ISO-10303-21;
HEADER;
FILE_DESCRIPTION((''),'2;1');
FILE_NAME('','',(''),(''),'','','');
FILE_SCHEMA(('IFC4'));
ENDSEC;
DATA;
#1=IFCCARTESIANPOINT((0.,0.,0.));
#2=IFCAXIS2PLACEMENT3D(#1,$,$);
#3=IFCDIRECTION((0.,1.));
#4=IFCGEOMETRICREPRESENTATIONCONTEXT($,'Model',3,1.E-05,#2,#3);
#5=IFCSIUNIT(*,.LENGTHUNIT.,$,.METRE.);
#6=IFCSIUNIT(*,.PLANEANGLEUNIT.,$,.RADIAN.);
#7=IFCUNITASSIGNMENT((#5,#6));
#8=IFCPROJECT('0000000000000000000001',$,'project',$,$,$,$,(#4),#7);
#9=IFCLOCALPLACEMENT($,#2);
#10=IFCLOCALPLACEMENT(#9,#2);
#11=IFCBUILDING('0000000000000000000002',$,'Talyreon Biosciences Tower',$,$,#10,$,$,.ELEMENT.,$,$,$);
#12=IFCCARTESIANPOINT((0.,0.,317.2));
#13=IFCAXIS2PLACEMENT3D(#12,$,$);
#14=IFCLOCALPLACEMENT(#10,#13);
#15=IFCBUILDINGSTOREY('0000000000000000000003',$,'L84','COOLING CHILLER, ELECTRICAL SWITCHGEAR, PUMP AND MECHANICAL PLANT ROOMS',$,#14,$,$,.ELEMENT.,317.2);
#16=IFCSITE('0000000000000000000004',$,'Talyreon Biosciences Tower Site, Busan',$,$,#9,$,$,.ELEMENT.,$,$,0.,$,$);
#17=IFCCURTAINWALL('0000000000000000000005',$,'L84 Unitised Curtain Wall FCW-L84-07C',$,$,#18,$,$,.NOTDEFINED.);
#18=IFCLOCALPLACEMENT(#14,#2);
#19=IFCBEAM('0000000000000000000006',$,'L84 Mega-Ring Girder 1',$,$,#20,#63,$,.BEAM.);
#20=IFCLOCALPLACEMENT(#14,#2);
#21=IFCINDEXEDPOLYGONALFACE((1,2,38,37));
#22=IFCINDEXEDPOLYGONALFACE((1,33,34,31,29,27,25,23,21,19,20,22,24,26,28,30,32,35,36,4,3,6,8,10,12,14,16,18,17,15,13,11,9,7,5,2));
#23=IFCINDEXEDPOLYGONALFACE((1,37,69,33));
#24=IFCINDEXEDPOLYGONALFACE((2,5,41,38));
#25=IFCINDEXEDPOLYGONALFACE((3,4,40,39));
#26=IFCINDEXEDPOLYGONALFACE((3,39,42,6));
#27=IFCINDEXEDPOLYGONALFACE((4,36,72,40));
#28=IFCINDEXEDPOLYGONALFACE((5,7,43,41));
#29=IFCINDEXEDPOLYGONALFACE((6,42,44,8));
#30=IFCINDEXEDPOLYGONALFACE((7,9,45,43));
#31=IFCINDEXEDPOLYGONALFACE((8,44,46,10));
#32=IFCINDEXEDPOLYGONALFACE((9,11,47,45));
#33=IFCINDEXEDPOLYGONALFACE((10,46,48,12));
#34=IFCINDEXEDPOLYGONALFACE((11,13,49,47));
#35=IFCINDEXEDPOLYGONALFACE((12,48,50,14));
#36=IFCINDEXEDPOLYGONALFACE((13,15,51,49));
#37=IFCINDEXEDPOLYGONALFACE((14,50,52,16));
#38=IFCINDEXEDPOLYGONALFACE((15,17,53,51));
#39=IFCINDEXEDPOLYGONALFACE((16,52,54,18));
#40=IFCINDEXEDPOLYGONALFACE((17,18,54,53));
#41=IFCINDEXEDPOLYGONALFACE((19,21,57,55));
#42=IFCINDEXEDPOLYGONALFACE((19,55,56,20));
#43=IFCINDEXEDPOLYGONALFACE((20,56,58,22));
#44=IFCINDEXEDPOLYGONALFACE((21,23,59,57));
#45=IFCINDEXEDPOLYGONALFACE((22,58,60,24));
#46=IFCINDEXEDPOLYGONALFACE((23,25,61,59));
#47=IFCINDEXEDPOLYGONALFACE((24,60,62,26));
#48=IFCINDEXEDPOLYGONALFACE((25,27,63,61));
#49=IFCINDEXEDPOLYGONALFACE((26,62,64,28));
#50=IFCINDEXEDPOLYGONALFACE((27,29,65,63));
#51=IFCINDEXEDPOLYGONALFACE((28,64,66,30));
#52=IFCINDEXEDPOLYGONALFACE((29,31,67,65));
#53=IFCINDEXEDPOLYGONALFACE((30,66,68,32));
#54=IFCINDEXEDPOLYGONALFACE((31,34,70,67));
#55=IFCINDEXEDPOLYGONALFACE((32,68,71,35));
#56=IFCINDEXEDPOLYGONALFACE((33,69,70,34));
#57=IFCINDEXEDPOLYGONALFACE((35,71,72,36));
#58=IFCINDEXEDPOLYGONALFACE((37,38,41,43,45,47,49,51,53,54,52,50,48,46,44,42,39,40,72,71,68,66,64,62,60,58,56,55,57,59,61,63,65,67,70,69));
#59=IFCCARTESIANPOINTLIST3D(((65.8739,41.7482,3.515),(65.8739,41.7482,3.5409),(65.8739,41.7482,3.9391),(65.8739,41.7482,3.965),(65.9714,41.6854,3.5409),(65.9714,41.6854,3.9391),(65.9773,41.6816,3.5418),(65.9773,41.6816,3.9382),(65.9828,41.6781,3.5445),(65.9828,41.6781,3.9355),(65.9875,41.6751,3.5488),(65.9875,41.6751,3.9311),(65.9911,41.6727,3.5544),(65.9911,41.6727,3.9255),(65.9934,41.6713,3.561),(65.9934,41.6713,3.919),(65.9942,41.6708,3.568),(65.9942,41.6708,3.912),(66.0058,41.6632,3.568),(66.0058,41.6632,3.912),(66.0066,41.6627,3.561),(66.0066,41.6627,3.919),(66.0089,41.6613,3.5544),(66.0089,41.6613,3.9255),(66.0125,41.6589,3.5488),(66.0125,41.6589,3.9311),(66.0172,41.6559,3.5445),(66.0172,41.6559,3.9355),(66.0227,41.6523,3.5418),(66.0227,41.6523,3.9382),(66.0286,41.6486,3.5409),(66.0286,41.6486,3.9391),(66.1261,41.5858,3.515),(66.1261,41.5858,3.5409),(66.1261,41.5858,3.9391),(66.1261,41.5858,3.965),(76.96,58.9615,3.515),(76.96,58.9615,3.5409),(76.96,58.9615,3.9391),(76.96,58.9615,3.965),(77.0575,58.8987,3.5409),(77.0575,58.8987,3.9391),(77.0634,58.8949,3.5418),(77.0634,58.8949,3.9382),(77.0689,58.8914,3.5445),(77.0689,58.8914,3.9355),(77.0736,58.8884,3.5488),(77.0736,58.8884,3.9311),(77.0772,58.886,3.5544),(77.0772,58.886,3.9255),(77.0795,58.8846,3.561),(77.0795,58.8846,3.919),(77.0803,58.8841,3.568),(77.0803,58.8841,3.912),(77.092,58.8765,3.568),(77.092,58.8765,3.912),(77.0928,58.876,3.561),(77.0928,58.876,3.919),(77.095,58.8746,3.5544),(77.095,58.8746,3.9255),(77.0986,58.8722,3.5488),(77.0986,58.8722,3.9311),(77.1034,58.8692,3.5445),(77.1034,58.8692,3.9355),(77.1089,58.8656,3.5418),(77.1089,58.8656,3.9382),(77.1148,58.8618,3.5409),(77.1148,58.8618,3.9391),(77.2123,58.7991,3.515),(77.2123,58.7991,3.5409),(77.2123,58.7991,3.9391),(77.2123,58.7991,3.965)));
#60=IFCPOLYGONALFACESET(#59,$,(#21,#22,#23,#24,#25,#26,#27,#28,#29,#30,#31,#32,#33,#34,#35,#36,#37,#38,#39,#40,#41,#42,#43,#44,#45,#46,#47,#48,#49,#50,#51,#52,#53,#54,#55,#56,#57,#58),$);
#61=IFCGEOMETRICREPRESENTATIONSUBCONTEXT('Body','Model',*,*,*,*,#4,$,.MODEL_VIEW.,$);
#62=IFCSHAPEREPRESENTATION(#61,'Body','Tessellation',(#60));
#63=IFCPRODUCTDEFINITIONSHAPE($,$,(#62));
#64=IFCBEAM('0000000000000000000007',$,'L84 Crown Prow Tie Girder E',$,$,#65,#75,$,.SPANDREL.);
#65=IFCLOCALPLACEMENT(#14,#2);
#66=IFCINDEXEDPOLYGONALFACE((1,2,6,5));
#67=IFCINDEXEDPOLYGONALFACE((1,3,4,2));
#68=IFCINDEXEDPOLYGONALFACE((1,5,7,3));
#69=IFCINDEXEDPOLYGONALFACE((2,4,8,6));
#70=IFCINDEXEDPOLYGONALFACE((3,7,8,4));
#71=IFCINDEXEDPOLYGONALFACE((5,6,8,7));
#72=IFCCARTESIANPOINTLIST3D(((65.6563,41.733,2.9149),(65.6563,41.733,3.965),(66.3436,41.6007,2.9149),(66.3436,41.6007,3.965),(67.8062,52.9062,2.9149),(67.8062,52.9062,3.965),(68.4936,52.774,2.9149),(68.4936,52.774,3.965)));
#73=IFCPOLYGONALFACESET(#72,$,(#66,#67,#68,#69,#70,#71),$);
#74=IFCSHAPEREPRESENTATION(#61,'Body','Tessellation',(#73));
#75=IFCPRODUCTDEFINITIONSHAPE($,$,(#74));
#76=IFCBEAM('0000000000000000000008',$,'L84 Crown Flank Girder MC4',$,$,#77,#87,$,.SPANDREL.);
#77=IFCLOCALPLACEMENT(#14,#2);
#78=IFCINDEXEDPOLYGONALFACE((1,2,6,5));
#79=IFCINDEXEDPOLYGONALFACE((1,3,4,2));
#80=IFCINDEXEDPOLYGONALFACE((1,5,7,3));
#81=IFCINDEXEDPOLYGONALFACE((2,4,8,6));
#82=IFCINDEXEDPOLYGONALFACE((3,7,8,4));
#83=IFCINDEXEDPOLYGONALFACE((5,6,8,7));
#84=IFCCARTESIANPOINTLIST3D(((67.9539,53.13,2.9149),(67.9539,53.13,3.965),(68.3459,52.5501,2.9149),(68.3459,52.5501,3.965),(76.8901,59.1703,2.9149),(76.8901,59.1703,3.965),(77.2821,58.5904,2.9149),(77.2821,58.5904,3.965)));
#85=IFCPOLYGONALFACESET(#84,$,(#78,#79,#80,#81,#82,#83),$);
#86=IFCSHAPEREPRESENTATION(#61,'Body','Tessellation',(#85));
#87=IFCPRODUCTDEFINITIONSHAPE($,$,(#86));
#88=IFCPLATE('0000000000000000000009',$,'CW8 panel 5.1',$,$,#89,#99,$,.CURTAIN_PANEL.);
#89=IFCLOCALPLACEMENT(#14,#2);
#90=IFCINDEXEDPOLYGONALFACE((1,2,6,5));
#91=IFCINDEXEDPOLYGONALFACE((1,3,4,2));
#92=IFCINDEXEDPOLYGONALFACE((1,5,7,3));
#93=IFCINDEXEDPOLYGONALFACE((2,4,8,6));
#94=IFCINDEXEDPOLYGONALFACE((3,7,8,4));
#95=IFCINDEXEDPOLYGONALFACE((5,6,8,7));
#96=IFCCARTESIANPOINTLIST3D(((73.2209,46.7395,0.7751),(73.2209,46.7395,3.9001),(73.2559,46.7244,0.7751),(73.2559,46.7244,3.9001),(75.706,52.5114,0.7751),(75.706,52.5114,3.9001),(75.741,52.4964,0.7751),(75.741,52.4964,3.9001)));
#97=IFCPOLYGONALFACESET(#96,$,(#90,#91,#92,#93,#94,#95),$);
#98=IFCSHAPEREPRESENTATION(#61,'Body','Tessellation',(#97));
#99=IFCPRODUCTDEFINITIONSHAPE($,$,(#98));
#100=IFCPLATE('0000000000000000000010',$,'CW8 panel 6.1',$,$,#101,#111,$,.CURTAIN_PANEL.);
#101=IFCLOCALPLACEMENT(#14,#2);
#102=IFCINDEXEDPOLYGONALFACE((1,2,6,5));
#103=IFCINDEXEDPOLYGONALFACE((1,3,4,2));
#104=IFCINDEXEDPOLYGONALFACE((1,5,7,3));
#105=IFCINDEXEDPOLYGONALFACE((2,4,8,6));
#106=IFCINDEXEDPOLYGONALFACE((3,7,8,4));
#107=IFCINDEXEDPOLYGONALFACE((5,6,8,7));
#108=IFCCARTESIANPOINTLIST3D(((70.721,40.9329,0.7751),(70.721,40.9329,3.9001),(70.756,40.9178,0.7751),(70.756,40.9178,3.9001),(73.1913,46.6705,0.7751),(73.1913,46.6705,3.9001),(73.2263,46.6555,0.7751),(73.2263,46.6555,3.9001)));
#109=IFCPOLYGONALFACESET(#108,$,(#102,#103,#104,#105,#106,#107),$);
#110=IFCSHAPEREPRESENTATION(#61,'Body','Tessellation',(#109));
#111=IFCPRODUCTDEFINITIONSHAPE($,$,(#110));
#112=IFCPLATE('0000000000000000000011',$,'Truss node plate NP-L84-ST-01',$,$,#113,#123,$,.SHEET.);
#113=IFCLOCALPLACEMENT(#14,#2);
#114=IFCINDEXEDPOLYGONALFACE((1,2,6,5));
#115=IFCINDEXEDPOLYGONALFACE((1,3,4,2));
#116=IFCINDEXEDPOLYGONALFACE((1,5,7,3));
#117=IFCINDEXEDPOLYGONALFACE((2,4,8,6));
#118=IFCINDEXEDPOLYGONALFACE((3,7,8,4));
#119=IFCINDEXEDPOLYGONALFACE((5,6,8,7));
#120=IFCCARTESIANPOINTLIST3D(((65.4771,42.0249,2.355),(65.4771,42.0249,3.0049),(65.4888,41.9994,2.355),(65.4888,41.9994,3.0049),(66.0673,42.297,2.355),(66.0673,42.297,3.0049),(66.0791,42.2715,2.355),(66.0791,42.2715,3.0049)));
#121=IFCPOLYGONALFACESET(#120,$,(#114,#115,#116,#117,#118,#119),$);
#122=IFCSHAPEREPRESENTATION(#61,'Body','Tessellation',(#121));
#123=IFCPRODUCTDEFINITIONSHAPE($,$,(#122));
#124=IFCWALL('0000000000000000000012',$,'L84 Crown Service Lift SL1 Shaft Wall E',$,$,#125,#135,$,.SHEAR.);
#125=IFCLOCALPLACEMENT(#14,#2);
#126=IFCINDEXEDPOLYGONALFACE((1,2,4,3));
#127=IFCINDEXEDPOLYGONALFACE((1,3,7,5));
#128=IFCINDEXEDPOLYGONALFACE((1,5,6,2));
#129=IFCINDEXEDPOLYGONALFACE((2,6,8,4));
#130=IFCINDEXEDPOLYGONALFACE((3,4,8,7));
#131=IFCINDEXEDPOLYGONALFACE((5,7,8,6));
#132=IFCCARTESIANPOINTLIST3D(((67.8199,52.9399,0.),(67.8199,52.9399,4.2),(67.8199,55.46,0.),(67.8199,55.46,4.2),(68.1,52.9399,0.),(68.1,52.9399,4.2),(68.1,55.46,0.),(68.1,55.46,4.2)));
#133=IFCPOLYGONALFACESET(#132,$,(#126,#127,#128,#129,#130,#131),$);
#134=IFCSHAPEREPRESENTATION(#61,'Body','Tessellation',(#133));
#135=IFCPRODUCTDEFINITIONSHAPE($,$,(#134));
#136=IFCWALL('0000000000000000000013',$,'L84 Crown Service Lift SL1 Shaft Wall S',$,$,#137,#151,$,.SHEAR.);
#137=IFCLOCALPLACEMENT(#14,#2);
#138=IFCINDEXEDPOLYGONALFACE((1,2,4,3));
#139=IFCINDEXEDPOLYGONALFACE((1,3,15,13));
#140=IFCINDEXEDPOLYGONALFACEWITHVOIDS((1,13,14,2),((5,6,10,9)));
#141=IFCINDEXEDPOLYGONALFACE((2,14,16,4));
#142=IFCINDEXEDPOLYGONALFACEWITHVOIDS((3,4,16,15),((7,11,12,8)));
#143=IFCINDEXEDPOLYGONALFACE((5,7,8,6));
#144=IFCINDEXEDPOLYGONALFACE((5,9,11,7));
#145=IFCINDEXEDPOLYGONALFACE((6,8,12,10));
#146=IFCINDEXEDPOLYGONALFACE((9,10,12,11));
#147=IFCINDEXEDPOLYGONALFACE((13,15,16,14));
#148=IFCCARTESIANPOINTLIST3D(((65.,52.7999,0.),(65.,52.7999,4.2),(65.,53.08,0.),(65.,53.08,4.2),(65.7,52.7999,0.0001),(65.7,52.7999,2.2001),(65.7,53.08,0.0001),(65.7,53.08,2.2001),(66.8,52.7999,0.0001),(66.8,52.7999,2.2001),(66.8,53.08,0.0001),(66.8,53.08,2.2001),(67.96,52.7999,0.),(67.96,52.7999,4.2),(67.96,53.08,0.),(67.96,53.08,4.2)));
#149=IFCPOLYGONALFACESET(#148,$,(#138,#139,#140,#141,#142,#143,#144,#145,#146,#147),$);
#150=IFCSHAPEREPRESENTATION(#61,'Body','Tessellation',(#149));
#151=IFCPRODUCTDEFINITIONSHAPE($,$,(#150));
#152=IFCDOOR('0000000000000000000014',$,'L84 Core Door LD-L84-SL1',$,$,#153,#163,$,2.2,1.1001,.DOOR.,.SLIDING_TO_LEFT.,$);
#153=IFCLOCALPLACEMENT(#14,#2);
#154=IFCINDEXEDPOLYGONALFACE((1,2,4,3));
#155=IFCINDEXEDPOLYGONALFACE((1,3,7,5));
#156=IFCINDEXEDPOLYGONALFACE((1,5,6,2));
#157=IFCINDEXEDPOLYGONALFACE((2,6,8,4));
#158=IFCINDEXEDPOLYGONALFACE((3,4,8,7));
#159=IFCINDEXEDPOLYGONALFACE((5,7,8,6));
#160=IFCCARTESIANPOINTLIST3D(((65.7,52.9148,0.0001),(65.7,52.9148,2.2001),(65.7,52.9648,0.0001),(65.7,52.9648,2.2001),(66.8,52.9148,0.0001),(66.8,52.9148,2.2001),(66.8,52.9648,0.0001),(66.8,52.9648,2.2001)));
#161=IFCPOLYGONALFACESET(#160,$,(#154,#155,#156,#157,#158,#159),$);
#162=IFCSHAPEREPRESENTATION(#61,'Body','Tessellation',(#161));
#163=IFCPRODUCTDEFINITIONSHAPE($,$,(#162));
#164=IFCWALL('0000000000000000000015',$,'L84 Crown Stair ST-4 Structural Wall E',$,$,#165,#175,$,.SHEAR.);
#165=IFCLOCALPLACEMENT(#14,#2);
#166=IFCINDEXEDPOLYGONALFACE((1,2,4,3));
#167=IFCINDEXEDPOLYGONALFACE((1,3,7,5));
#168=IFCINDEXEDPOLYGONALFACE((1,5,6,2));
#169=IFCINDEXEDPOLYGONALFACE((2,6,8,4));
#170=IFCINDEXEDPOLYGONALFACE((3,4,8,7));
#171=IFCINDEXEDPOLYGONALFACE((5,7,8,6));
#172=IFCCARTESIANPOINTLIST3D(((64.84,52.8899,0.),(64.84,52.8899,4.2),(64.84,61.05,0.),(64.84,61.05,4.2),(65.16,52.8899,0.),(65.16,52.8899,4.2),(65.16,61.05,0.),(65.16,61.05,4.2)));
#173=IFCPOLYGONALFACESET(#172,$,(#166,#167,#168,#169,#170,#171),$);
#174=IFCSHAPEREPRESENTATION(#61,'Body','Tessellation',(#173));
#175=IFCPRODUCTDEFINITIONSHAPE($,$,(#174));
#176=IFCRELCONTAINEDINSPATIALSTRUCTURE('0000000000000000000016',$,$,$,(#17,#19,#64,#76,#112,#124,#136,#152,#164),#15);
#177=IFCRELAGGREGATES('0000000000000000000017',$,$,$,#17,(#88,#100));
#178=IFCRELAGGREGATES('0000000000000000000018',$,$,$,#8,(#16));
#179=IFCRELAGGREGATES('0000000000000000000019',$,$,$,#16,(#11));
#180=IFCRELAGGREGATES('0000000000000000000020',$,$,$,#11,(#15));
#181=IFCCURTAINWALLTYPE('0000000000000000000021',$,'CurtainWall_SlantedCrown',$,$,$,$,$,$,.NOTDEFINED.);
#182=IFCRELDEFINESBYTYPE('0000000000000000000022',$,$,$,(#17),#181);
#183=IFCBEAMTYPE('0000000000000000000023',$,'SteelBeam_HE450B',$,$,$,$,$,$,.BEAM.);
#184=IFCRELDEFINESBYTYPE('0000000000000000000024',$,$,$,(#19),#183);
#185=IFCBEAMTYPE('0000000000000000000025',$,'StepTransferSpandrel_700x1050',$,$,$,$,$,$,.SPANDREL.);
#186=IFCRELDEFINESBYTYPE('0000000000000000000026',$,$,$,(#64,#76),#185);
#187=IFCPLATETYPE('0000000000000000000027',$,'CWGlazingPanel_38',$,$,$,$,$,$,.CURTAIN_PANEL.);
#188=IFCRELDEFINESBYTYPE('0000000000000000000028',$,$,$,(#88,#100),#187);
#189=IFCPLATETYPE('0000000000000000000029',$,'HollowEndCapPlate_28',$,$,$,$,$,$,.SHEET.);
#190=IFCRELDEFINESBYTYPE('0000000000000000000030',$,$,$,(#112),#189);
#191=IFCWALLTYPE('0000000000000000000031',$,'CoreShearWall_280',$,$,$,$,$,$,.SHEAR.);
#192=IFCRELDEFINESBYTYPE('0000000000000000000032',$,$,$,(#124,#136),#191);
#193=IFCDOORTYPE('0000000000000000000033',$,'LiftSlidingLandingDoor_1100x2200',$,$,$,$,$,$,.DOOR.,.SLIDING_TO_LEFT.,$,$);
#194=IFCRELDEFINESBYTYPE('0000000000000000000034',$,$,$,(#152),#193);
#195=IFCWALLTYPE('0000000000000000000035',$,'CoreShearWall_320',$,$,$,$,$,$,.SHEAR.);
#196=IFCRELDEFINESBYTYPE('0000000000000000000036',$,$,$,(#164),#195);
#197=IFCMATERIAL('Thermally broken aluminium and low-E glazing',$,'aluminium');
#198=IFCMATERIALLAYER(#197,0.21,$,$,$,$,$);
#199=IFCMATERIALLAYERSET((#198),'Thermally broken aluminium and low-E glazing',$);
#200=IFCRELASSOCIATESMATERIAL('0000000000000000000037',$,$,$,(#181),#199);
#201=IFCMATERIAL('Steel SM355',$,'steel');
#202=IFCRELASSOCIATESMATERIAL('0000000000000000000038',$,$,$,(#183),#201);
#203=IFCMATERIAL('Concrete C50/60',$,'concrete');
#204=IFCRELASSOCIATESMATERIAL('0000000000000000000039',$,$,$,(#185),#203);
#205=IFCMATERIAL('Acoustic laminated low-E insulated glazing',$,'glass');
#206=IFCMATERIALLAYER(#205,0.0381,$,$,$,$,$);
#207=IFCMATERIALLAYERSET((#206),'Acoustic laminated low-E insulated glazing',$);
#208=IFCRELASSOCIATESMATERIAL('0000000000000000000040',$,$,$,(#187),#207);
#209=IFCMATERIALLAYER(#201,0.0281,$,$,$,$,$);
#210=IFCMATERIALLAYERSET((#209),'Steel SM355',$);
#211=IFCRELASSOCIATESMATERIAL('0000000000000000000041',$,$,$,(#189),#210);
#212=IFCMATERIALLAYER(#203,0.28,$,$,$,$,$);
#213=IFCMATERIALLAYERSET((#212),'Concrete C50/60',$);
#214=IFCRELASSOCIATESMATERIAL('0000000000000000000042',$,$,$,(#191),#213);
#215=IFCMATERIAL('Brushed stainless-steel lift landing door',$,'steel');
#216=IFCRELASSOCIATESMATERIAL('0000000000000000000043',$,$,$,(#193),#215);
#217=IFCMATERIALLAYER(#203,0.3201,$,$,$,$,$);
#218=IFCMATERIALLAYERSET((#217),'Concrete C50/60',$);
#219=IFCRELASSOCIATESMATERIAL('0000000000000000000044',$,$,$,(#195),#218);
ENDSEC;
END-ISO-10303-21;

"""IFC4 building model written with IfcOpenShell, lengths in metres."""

from ifc_helpers import new_model, si_unit, direction, frame, frame_2d, origin, origin_2d, place, context, subcontext, project, spatial, rectangle, i_section, extrude, material, layer, layer_set, material_profile, profile_set, type_object, element, fill, aggregate, save


model = new_model("IFC4")

# Units and contexts
model_context = context("Model", 3, precision=1e-05, world=origin(), true_north=direction((0.0, 1.0)))
body_context = subcontext(model_context, "Body", "Model", "MODEL_VIEW")
ifc_project = project(units=[si_unit("LENGTHUNIT", "METRE"), si_unit("PLANEANGLEUNIT", "RADIAN")], contexts=[model_context])

# Site, building, storey
site_placement = place(None, origin())
site = spatial("IfcSite", under=ifc_project, at=site_placement, Name="Talyreon Biosciences Tower Site, Busan", CompositionType="ELEMENT", RefElevation=0.0)
building_placement = place(site_placement, origin())
building = spatial("IfcBuilding", under=site, at=building_placement, Name="Talyreon Biosciences Tower", CompositionType="ELEMENT")
storey_placement = place(building_placement, frame((0.0, 0.0, 317.2)))
storey = spatial("IfcBuildingStorey", under=building, at=storey_placement, Name="L84", Description="COOLING CHILLER, ELECTRICAL SWITCHGEAR, PUMP AND MECHANICAL PLANT ROOMS", CompositionType="ELEMENT", Elevation=317.2)

# Shared definitions
ifc_material_1 = material(Name="Concrete C50/60", Category="concrete")

# Curtain wall
ifc_material_2 = material(Name="Thermally broken aluminium and low-E glazing", Category="aluminium")
ifc_layer_1 = layer(ifc_material_2, 0.21)
ifc_layer_set_1 = layer_set([ifc_layer_1], Name="Thermally broken aluminium and low-E glazing")
curtain_wall_type = type_object("IfcCurtainWallType", Name="CurtainWall_SlantedCrown", PredefinedType="NOTDEFINED", material=ifc_layer_set_1)
curtain_wall_placement = place(storey_placement, origin())
curtain_wall = element("IfcCurtainWall", 1, at=curtain_wall_placement, inside=storey, type_object=curtain_wall_type, Name="L84 Unitised Curtain Wall FCW-L84-07C", PredefinedType="NOTDEFINED")

# Shared definitions
ifc_material_3 = material(Name="Steel SM355", Category="steel")

# Beams
ifc_material_profile_1 = material_profile(ifc_material_3, i_section(OverallWidth=0.3, OverallDepth=0.45, WebThickness=0.0139, FlangeThickness=0.0259, FilletRadius=0.0271, at=origin_2d()), Name="HE450B")
ifc_profile_set_1 = profile_set([ifc_material_profile_1], Name="Steel SM355")
beam_type_1 = type_object("IfcBeamType", Name="SteelBeam_HE450B", PredefinedType="BEAM", material=ifc_profile_set_1)
beam_1_placement = place(storey_placement, frame((66.0, 41.667, 3.74), z_axis=(0.541464, 0.840724, 0.0), x_axis=(-0.840724, 0.541464, 0.0)))
element("IfcBeam", 2, at=beam_1_placement, inside=storey, type_object=beam_type_1, Name="L84 Mega-Ring Girder 1", PredefinedType="BEAM", context=body_context, shape_type="SweptSolid", body=[
    extrude(i_section(OverallWidth=0.3, OverallDepth=0.45, WebThickness=0.0139, FlangeThickness=0.0259, FilletRadius=0.0271, at=origin_2d()), origin(), (0.0, 0.0, 1.0), 20.4744),
])
ifc_material_profile_2 = material_profile(ifc_material_1, rectangle(XDim=0.7, YDim=1.05, at=origin_2d()), Name="RCB 700x1050")
ifc_profile_set_2 = profile_set([ifc_material_profile_2], Name="Concrete C50/60")
beam_type_2 = type_object("IfcBeamType", Name="StepTransferSpandrel_700x1050", PredefinedType="SPANDREL", material=ifc_profile_set_2)
beam_2_placement = place(storey_placement, frame((68.1499, 52.8401, 3.4399), z_axis=(-0.188952, -0.981986, 0.0), x_axis=(0.981986, -0.188952, 0.0)))
element("IfcBeam", 3, at=beam_2_placement, inside=storey, type_object=beam_type_2, Name="L84 Crown Prow Tie Girder E", PredefinedType="SPANDREL", context=body_context, shape_type="SweptSolid", body=[
    extrude(rectangle(XDim=0.7, YDim=1.05, at=origin_2d()), origin(), (0.0, 0.0, 1.0), 11.3782),
])
beam_3_placement = place(storey_placement, frame((68.1499, 52.8401, 3.4399), z_axis=(0.828492, 0.560001, 0.0), x_axis=(-0.560001, 0.828492, 0.0)))
element("IfcBeam", 4, at=beam_3_placement, inside=storey, type_object=beam_type_2, Name="L84 Crown Flank Girder MC4", PredefinedType="SPANDREL", context=body_context, shape_type="SweptSolid", body=[
    extrude(rectangle(XDim=0.7, YDim=1.05, at=origin_2d()), origin(), (0.0, 0.0, 1.0), 10.7861),
])

# Plates
ifc_material_4 = material(Name="Acoustic laminated low-E insulated glazing", Category="glass")
ifc_layer_2 = layer(ifc_material_4, 0.0381)
ifc_layer_set_2 = layer_set([ifc_layer_2], Name="Acoustic laminated low-E insulated glazing")
plate_type_1 = type_object("IfcPlateType", Name="CWGlazingPanel_38", PredefinedType="CURTAIN_PANEL", material=ifc_layer_set_2)
plate_1_placement = place(storey_placement, frame((74.481, 49.6179, 0.7751), z_axis=(0.0, 0.0, 1.0), x_axis=(-0.395451, -0.918487, 0.0)))
plate_1 = element("IfcPlate", 5, at=plate_1_placement, type_object=plate_type_1, Name="CW8 panel 5.1", PredefinedType="CURTAIN_PANEL", context=body_context, shape_type="SweptSolid", body=[
    extrude(rectangle(XDim=6.2842, YDim=0.0381, at=origin_2d()), origin(), (0.0, 0.0, 1.0), 3.125),
])
plate_2_placement = place(storey_placement, frame((71.9736, 43.7942, 0.7751), z_axis=(0.0, 0.0, 1.0), x_axis=(-0.395451, -0.918487, 0.0)))
plate_2 = element("IfcPlate", 6, at=plate_2_placement, type_object=plate_type_1, Name="CW8 panel 6.1", PredefinedType="CURTAIN_PANEL", context=body_context, shape_type="SweptSolid", body=[
    extrude(rectangle(XDim=6.2468, YDim=0.0381, at=origin_2d()), origin(), (0.0, 0.0, 1.0), 3.125),
])
aggregate(curtain_wall, [plate_1, plate_2])
ifc_layer_3 = layer(ifc_material_3, 0.0281)
ifc_layer_set_3 = layer_set([ifc_layer_3], Name="Steel SM355")
plate_type_2 = type_object("IfcPlateType", Name="HollowEndCapPlate_28", PredefinedType="SHEET", material=ifc_layer_set_3)
plate_3_placement = place(storey_placement, frame((65.7781, 42.1482, 2.355), z_axis=(0.0, 0.0, 1.0), x_axis=(-0.908172, -0.418596, 0.0)))
element("IfcPlate", 7, at=plate_3_placement, inside=storey, type_object=plate_type_2, Name="Truss node plate NP-L84-ST-01", PredefinedType="SHEET", context=body_context, shape_type="SweptSolid", body=[
    extrude(rectangle(XDim=0.6499, YDim=0.0281, at=origin_2d()), origin(), (0.0, 0.0, 1.0), 0.6499),
])

# Wall
ifc_layer_4 = layer(ifc_material_1, 0.28)
ifc_layer_set_4 = layer_set([ifc_layer_4], Name="Concrete C50/60")
wall_type_1 = type_object("IfcWallType", Name="CoreShearWall_280", PredefinedType="SHEAR", material=ifc_layer_set_4)
wall_1_placement = place(storey_placement, frame((67.96, 52.9399, 0.0), z_axis=(0.0, 0.0, 1.0), x_axis=(0.0, 1.0, 0.0)))
element("IfcWall", 8, at=wall_1_placement, inside=storey, type_object=wall_type_1, Name="L84 Crown Service Lift SL1 Shaft Wall E", PredefinedType="SHEAR", context=body_context, shape_type="SweptSolid", body=[
    extrude(rectangle(XDim=2.52, YDim=0.28, at=frame_2d((1.26, 0.0))), origin(), (0.0, 0.0, 1.0), 4.2),
])

# Wall, opening, door
wall_2_placement = place(storey_placement, frame((65.0, 52.9399, 0.0), z_axis=(0.0, 0.0, 1.0), x_axis=(1.0, 0.0, 0.0)))
wall_2 = element("IfcWall", 9, at=wall_2_placement, inside=storey, type_object=wall_type_1, Name="L84 Crown Service Lift SL1 Shaft Wall S", PredefinedType="SHEAR", context=body_context, shape_type="SweptSolid", body=[
    extrude(rectangle(XDim=2.96, YDim=0.28, at=frame_2d((1.48, 0.0))), origin(), (0.0, 0.0, 1.0), 4.2),
])
opening_placement = place(wall_2_placement, frame((0.7, 0.0, 0.0)))
opening = element("IfcOpeningElement", 10, at=opening_placement, cuts=wall_2, PredefinedType="OPENING", context=body_context, shape_type="SweptSolid", body=[
    extrude(rectangle(XDim=1.1001, YDim=2.2, at=frame_2d((0.55, 1.1001))), frame((0.0, 0.1499, 0.0), z_axis=(0.0, -1.0, 0.0), x_axis=(1.0, 0.0, 0.0)), (0.0, 0.0, 1.0), 0.3),
])
ifc_material_5 = material(Name="Brushed stainless-steel lift landing door", Category="steel")
door_type = type_object("IfcDoorType", Name="LiftSlidingLandingDoor_1100x2200", OperationType="SLIDING_TO_LEFT", PredefinedType="DOOR", material=ifc_material_5)
door_placement = place(opening_placement, origin())
door = element("IfcDoor", 11, at=door_placement, inside=storey, type_object=door_type, Name="L84 Core Door LD-L84-SL1", OperationType="SLIDING_TO_LEFT", OverallHeight=2.2, OverallWidth=1.1001, PredefinedType="DOOR", context=body_context, shape_type="SweptSolid", body=[
    extrude(rectangle(XDim=1.1001, YDim=2.2, at=frame_2d((0.55, 1.1001))), frame((0.0, 0.0249, 0.0), z_axis=(0.0, -1.0, 0.0), x_axis=(1.0, 0.0, 0.0)), (0.0, 0.0, 1.0), 0.05),
])
fill(opening, door)

# Wall
ifc_layer_5 = layer(ifc_material_1, 0.3201)
ifc_layer_set_5 = layer_set([ifc_layer_5], Name="Concrete C50/60")
wall_type_2 = type_object("IfcWallType", Name="CoreShearWall_320", PredefinedType="SHEAR", material=ifc_layer_set_5)
wall_3_placement = place(storey_placement, frame((65.0, 52.8899, 0.0), z_axis=(0.0, 0.0, 1.0), x_axis=(0.0, 1.0, 0.0)))
element("IfcWall", 12, at=wall_3_placement, inside=storey, type_object=wall_type_2, Name="L84 Crown Stair ST-4 Structural Wall E", PredefinedType="SHEAR", context=body_context, shape_type="SweptSolid", body=[
    extrude(rectangle(XDim=8.1602, YDim=0.3201, at=frame_2d((4.0801, 0.0))), origin(), (0.0, 0.0, 1.0), 4.2),
])

save(model, "model.ifc")
